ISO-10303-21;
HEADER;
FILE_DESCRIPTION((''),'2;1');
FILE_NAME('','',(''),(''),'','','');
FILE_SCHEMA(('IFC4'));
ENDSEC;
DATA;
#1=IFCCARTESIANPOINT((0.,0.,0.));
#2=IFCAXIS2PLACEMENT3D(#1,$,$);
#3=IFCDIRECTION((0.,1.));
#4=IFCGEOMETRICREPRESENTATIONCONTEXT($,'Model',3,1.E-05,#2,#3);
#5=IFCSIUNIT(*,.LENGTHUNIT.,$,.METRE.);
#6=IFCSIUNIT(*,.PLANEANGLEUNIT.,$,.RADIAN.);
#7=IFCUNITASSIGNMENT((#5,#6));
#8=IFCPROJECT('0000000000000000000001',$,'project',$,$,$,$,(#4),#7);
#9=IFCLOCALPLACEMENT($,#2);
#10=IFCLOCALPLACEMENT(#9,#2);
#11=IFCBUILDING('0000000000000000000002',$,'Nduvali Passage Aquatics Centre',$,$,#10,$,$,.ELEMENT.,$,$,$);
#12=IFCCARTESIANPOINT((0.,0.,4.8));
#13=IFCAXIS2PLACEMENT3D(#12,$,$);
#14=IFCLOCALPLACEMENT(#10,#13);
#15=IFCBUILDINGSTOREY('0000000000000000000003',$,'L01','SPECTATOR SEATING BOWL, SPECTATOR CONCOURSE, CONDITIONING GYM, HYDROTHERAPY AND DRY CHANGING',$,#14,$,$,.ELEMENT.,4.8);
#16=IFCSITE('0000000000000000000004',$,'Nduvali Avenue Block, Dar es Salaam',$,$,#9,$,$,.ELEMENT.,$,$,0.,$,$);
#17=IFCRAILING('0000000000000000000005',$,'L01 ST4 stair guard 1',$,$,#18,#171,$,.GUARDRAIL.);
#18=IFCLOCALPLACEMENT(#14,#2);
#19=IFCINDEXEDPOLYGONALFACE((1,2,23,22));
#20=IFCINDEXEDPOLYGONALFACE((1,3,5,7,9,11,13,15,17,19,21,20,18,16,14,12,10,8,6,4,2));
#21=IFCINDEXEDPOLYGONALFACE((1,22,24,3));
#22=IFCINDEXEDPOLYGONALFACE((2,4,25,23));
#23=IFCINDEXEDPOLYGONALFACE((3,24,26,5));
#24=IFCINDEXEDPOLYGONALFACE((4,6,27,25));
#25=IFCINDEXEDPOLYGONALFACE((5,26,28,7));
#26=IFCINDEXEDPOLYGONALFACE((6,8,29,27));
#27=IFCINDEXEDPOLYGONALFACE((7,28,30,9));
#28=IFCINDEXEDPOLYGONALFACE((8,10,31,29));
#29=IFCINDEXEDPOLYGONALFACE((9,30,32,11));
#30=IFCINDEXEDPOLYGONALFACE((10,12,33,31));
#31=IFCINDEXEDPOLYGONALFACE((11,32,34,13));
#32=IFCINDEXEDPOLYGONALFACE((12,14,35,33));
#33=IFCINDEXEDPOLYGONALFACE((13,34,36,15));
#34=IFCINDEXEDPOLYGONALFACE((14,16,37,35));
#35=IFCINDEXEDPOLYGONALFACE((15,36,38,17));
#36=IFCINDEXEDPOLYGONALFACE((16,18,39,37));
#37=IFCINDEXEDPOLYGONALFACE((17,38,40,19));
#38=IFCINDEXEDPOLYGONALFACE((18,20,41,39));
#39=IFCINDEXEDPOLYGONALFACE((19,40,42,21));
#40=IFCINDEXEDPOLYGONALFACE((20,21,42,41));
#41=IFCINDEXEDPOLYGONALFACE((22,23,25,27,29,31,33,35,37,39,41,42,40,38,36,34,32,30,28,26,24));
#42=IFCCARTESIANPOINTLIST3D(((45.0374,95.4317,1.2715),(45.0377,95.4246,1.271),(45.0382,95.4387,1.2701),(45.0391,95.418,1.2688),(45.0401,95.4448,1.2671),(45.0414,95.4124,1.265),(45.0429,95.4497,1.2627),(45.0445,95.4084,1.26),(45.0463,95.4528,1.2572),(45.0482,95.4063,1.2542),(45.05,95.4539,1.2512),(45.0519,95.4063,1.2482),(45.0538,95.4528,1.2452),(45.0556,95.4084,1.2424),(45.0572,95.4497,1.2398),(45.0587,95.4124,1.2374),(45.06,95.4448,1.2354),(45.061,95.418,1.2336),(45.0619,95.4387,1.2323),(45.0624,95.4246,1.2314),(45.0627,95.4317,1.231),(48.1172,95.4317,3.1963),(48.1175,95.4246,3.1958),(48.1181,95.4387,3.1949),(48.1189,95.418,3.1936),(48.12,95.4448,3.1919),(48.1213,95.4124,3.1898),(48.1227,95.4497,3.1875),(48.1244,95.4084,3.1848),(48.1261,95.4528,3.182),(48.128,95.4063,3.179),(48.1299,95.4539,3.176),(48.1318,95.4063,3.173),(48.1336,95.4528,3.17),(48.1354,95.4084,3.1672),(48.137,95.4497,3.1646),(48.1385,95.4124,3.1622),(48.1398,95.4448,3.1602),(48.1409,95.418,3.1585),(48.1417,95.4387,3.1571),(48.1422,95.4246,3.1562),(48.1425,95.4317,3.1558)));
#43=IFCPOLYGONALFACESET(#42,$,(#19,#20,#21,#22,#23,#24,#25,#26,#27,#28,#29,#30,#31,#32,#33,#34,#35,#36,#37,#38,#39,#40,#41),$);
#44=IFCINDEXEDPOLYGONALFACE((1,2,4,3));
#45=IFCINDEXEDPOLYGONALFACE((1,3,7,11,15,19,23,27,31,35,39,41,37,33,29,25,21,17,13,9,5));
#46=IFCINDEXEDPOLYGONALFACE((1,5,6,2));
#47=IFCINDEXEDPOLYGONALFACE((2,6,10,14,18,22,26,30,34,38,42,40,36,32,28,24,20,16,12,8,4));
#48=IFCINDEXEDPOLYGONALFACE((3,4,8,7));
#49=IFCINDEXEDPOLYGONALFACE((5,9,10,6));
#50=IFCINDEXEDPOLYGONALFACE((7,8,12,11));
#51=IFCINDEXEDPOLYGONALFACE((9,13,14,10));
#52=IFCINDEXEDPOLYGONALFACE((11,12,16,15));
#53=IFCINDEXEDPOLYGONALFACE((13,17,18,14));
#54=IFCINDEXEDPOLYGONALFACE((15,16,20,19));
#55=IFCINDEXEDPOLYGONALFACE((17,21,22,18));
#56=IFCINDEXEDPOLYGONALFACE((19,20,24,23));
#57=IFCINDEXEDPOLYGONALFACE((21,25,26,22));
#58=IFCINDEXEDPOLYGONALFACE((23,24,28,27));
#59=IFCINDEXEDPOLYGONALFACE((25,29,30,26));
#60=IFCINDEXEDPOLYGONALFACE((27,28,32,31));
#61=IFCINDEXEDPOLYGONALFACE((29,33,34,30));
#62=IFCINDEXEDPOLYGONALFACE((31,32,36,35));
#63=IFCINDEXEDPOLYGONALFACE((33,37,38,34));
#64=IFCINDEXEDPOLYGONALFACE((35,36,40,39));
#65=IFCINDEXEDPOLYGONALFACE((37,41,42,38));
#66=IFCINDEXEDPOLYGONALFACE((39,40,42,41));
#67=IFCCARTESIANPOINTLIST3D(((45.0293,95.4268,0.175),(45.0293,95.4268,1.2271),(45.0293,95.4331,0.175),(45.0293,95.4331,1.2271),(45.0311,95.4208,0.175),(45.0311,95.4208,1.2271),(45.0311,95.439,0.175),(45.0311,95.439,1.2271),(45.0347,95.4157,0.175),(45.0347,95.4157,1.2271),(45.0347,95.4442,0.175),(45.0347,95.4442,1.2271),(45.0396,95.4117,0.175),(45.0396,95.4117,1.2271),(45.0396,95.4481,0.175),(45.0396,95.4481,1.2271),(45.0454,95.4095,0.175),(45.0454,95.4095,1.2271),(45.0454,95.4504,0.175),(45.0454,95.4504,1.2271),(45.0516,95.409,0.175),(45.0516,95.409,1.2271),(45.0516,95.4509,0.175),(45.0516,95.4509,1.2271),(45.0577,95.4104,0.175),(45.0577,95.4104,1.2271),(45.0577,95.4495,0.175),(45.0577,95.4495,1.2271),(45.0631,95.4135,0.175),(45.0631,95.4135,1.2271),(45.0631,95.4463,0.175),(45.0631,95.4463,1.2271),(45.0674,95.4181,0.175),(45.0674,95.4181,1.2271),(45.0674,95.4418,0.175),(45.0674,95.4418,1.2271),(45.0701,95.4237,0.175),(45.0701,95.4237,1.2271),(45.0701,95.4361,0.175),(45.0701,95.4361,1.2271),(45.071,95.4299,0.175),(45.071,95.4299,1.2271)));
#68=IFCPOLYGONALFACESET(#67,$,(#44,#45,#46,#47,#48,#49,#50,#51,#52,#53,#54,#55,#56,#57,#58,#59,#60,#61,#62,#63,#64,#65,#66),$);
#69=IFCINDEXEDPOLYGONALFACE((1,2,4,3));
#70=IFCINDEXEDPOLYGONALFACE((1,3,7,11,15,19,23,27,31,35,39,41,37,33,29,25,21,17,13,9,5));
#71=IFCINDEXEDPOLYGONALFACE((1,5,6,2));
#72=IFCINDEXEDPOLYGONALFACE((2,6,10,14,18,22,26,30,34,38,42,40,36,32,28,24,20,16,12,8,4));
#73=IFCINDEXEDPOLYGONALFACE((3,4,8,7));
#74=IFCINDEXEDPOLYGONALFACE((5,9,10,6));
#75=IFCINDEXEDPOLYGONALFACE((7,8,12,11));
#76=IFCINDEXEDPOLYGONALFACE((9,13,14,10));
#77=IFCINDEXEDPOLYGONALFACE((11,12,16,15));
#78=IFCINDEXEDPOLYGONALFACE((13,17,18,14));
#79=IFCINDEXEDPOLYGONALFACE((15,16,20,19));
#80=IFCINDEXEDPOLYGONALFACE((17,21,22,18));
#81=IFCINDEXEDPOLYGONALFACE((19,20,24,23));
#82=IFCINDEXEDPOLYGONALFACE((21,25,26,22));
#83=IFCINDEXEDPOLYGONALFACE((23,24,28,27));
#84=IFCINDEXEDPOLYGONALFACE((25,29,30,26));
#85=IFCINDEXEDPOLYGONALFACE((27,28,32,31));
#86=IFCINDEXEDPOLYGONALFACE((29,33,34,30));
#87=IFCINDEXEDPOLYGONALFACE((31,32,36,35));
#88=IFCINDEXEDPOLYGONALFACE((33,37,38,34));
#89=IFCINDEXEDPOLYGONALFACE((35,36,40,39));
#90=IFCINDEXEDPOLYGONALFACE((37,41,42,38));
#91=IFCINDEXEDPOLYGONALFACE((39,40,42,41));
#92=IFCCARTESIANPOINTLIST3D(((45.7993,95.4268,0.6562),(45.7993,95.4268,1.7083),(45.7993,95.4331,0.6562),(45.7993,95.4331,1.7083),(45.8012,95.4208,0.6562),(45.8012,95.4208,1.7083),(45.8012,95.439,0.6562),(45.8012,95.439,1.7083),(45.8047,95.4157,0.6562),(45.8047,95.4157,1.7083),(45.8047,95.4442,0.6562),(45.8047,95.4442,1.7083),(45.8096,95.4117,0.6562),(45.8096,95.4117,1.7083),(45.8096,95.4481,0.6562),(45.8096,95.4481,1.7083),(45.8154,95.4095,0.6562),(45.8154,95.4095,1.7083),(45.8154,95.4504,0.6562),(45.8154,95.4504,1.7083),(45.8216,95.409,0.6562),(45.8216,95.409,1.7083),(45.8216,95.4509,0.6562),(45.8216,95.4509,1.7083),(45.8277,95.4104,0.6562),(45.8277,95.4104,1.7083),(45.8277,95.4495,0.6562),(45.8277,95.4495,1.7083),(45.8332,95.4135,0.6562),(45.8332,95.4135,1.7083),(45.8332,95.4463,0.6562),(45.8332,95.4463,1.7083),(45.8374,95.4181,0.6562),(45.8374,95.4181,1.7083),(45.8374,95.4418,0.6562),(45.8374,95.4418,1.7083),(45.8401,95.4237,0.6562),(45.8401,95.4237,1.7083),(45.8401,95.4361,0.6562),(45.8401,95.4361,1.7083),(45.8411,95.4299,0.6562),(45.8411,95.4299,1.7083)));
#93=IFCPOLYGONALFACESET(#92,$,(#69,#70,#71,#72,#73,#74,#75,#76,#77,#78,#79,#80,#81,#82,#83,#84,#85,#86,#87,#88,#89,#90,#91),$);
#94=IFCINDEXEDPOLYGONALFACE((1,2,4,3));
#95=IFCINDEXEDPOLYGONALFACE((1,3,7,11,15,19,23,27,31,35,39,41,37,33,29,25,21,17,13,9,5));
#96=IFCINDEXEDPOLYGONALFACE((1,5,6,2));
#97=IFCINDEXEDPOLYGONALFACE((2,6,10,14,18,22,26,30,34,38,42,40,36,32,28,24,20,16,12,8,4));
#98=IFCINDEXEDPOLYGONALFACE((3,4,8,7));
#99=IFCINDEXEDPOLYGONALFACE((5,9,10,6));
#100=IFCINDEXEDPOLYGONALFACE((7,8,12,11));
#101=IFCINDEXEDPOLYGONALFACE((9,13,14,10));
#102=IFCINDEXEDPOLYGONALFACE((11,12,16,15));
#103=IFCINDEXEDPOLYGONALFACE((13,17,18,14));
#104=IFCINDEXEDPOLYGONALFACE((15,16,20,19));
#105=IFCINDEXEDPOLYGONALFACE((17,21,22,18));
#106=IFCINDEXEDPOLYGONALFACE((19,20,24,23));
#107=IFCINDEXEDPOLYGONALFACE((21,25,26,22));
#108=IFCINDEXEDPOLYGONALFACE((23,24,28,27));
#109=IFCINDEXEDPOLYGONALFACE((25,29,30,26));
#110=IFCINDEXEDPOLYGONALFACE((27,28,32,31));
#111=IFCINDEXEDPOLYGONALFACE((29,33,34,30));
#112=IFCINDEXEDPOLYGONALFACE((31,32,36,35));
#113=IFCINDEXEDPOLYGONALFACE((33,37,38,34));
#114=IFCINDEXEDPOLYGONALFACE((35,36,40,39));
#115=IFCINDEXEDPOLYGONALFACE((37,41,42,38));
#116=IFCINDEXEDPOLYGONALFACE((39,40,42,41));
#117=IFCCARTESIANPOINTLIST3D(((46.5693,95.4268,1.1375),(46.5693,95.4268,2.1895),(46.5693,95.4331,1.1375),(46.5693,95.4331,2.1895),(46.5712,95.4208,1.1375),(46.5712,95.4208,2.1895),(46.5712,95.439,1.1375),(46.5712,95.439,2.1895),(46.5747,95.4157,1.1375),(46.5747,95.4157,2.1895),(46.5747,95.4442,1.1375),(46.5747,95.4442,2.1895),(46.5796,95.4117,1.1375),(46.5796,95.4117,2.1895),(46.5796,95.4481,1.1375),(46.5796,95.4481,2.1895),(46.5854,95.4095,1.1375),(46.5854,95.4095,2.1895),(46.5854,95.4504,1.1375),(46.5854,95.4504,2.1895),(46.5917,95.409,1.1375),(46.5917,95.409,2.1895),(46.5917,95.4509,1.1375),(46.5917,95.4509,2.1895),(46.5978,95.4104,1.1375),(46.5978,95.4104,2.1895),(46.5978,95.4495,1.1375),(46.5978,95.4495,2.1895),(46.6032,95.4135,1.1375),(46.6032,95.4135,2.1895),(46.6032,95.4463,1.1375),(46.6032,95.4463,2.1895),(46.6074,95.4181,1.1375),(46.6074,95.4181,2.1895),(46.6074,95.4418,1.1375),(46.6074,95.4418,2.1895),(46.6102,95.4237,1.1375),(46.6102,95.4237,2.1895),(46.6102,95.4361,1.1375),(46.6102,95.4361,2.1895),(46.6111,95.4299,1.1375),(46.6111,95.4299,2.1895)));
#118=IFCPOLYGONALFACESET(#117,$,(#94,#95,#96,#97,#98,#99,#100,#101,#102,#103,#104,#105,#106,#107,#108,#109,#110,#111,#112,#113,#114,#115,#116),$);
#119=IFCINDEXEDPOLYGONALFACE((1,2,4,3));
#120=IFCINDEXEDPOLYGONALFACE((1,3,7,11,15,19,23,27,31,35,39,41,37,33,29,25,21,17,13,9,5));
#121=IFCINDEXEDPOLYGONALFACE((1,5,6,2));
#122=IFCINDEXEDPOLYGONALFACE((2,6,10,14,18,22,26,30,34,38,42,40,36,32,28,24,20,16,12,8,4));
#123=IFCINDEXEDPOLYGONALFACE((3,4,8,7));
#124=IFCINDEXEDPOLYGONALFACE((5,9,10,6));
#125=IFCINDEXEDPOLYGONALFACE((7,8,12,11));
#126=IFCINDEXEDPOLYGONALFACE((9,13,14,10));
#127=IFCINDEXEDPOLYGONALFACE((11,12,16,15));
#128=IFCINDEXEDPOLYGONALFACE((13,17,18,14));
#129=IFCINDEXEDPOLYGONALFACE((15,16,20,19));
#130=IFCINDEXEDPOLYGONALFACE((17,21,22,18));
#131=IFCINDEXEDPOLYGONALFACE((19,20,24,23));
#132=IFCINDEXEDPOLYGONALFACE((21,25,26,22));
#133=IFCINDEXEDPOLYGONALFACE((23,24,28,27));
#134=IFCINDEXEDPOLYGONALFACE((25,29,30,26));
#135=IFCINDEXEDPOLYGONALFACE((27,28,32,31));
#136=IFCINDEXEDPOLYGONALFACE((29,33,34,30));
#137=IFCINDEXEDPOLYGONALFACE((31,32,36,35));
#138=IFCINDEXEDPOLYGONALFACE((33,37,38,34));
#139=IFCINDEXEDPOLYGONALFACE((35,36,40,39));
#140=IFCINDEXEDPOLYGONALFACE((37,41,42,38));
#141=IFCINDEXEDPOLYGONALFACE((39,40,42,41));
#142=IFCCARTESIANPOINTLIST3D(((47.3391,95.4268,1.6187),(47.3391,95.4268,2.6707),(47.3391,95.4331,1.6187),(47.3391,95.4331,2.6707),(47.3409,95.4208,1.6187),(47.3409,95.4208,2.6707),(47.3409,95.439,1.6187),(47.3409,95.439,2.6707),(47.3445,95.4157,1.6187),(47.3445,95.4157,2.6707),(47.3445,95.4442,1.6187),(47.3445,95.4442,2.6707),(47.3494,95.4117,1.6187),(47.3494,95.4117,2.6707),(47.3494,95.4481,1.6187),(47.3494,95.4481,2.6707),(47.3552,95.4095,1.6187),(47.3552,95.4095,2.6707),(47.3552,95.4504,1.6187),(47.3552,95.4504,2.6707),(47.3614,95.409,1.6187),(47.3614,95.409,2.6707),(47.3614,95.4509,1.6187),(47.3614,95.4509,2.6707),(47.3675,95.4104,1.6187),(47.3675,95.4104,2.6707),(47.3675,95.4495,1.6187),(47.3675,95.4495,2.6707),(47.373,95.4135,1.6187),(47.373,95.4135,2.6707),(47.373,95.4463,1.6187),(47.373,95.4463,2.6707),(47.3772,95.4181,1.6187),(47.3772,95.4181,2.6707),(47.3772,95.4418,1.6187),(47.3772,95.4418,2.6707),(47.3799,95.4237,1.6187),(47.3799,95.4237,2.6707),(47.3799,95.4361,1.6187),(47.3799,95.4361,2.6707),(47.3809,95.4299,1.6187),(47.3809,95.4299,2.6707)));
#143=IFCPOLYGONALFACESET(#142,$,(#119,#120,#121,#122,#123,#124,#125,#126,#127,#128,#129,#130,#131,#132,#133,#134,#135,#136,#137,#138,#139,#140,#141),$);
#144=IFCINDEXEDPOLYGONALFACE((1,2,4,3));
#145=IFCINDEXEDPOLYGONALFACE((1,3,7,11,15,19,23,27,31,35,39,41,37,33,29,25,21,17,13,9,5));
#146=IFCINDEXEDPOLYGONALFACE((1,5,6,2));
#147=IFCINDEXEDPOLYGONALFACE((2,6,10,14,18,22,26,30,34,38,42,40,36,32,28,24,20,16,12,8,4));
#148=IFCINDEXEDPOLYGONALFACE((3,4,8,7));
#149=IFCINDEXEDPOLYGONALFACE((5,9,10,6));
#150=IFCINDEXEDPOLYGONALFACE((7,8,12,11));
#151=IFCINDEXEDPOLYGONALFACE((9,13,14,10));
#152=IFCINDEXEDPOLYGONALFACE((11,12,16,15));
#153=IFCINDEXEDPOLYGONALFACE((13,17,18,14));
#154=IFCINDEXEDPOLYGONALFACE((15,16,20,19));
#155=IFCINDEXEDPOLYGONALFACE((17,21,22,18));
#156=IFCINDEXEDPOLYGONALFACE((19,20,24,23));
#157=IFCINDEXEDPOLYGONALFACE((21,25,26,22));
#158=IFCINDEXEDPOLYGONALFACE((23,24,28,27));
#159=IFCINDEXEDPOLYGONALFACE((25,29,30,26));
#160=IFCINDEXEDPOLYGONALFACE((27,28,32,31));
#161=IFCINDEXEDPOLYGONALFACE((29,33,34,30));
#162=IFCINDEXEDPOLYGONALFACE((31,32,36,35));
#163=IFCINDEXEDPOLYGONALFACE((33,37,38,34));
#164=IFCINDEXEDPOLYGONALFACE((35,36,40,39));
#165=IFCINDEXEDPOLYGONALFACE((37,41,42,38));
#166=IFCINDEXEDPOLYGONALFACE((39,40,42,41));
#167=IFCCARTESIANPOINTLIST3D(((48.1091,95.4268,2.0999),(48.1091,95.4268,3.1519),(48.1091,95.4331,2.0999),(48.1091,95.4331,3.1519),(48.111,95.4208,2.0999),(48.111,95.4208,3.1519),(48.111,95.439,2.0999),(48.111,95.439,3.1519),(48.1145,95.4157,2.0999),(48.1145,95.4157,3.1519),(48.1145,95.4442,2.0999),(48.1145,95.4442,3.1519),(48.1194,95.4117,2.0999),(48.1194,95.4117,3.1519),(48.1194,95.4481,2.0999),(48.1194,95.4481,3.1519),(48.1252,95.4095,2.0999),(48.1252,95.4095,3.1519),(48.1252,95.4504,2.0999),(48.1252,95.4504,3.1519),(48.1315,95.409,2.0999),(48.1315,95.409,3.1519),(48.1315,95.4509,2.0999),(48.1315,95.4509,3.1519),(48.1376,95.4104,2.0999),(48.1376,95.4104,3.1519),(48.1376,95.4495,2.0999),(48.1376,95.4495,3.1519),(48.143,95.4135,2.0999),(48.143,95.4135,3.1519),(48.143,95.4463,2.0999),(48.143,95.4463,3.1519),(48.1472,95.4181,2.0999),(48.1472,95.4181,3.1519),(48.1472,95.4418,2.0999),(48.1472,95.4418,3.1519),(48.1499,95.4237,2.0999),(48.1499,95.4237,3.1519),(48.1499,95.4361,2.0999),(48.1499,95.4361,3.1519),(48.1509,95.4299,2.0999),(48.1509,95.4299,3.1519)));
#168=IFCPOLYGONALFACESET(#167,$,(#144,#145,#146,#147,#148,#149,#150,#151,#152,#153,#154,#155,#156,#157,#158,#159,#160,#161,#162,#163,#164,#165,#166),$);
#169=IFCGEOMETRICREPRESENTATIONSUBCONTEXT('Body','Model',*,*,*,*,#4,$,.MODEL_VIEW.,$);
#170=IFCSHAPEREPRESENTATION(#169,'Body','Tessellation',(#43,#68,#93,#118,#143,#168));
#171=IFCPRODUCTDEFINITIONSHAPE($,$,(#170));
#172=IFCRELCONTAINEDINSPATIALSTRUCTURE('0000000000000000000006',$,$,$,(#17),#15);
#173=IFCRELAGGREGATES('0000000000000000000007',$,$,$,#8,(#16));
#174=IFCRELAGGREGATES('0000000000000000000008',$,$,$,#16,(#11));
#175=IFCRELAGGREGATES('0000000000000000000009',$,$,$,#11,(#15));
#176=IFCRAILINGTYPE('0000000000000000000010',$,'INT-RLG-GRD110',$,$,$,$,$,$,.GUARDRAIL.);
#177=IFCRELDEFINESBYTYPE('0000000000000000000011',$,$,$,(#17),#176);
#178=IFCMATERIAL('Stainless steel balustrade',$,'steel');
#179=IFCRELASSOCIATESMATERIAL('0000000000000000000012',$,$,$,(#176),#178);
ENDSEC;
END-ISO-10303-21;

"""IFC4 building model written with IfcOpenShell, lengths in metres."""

from ifc_helpers import new_model, si_unit, direction, frame, origin, origin_2d, place, context, subcontext, project, spatial, circle, extrude, material, type_object, element, save


model = new_model("IFC4")

# Units and contexts
model_context = context("Model", 3, precision=1e-05, world=origin(), true_north=direction((0.0, 1.0)))
body_context = subcontext(model_context, "Body", "Model", "MODEL_VIEW")
ifc_project = project(units=[si_unit("LENGTHUNIT", "METRE"), si_unit("PLANEANGLEUNIT", "RADIAN")], contexts=[model_context])

# Site, building, storey
site_placement = place(None, origin())
site = spatial("IfcSite", under=ifc_project, at=site_placement, Name="Nduvali Avenue Block, Dar es Salaam", CompositionType="ELEMENT", RefElevation=0.0)
building_placement = place(site_placement, origin())
building = spatial("IfcBuilding", under=site, at=building_placement, Name="Nduvali Passage Aquatics Centre", CompositionType="ELEMENT")
storey_placement = place(building_placement, frame((0.0, 0.0, 4.8)))
storey = spatial("IfcBuildingStorey", under=building, at=storey_placement, Name="L01", Description="SPECTATOR SEATING BOWL, SPECTATOR CONCOURSE, CONDITIONING GYM, HYDROTHERAPY AND DRY CHANGING", CompositionType="ELEMENT", Elevation=4.8)

# Railing
ifc_material_1 = material(Name="Stainless steel balustrade", Category="steel")
railing_type_1 = type_object("IfcRailingType", Name="INT-RLG-GRD110", PredefinedType="GUARDRAIL", material=ifc_material_1)
railing_1_placement = place(storey_placement, frame((45.05, 95.4299, 0.175)))
element("IfcRailing", 1, at=railing_1_placement, inside=storey, type_object=railing_type_1, Name="L01 ST4 stair guard 1", PredefinedType="GUARDRAIL", context=body_context, shape_type="SweptSolid", body=[
    extrude(circle(Radius=0.0239, at=origin_2d()), frame((0.0, 0.0, 1.0762), z_axis=(0.84801, 0.0, 0.529981), x_axis=(0.0, 1.0, 0.0)), (0.0, 0.0, 1.0), 3.6318),
    extrude(circle(Radius=0.021, at=origin_2d()), origin(), (0.0, 0.0, 1.0), 1.052),
    extrude(circle(Radius=0.021, at=origin_2d()), frame((0.77, 0.0, 0.4812)), (0.0, 0.0, 1.0), 1.052),
    extrude(circle(Radius=0.021, at=origin_2d()), frame((1.54, 0.0, 0.9624)), (0.0, 0.0, 1.0), 1.052),
    extrude(circle(Radius=0.021, at=origin_2d()), frame((2.3098, 0.0, 1.4436)), (0.0, 0.0, 1.0), 1.052),
    extrude(circle(Radius=0.021, at=origin_2d()), frame((3.0798, 0.0, 1.9248)), (0.0, 0.0, 1.0), 1.052),
])

save(model, "model.ifc")
